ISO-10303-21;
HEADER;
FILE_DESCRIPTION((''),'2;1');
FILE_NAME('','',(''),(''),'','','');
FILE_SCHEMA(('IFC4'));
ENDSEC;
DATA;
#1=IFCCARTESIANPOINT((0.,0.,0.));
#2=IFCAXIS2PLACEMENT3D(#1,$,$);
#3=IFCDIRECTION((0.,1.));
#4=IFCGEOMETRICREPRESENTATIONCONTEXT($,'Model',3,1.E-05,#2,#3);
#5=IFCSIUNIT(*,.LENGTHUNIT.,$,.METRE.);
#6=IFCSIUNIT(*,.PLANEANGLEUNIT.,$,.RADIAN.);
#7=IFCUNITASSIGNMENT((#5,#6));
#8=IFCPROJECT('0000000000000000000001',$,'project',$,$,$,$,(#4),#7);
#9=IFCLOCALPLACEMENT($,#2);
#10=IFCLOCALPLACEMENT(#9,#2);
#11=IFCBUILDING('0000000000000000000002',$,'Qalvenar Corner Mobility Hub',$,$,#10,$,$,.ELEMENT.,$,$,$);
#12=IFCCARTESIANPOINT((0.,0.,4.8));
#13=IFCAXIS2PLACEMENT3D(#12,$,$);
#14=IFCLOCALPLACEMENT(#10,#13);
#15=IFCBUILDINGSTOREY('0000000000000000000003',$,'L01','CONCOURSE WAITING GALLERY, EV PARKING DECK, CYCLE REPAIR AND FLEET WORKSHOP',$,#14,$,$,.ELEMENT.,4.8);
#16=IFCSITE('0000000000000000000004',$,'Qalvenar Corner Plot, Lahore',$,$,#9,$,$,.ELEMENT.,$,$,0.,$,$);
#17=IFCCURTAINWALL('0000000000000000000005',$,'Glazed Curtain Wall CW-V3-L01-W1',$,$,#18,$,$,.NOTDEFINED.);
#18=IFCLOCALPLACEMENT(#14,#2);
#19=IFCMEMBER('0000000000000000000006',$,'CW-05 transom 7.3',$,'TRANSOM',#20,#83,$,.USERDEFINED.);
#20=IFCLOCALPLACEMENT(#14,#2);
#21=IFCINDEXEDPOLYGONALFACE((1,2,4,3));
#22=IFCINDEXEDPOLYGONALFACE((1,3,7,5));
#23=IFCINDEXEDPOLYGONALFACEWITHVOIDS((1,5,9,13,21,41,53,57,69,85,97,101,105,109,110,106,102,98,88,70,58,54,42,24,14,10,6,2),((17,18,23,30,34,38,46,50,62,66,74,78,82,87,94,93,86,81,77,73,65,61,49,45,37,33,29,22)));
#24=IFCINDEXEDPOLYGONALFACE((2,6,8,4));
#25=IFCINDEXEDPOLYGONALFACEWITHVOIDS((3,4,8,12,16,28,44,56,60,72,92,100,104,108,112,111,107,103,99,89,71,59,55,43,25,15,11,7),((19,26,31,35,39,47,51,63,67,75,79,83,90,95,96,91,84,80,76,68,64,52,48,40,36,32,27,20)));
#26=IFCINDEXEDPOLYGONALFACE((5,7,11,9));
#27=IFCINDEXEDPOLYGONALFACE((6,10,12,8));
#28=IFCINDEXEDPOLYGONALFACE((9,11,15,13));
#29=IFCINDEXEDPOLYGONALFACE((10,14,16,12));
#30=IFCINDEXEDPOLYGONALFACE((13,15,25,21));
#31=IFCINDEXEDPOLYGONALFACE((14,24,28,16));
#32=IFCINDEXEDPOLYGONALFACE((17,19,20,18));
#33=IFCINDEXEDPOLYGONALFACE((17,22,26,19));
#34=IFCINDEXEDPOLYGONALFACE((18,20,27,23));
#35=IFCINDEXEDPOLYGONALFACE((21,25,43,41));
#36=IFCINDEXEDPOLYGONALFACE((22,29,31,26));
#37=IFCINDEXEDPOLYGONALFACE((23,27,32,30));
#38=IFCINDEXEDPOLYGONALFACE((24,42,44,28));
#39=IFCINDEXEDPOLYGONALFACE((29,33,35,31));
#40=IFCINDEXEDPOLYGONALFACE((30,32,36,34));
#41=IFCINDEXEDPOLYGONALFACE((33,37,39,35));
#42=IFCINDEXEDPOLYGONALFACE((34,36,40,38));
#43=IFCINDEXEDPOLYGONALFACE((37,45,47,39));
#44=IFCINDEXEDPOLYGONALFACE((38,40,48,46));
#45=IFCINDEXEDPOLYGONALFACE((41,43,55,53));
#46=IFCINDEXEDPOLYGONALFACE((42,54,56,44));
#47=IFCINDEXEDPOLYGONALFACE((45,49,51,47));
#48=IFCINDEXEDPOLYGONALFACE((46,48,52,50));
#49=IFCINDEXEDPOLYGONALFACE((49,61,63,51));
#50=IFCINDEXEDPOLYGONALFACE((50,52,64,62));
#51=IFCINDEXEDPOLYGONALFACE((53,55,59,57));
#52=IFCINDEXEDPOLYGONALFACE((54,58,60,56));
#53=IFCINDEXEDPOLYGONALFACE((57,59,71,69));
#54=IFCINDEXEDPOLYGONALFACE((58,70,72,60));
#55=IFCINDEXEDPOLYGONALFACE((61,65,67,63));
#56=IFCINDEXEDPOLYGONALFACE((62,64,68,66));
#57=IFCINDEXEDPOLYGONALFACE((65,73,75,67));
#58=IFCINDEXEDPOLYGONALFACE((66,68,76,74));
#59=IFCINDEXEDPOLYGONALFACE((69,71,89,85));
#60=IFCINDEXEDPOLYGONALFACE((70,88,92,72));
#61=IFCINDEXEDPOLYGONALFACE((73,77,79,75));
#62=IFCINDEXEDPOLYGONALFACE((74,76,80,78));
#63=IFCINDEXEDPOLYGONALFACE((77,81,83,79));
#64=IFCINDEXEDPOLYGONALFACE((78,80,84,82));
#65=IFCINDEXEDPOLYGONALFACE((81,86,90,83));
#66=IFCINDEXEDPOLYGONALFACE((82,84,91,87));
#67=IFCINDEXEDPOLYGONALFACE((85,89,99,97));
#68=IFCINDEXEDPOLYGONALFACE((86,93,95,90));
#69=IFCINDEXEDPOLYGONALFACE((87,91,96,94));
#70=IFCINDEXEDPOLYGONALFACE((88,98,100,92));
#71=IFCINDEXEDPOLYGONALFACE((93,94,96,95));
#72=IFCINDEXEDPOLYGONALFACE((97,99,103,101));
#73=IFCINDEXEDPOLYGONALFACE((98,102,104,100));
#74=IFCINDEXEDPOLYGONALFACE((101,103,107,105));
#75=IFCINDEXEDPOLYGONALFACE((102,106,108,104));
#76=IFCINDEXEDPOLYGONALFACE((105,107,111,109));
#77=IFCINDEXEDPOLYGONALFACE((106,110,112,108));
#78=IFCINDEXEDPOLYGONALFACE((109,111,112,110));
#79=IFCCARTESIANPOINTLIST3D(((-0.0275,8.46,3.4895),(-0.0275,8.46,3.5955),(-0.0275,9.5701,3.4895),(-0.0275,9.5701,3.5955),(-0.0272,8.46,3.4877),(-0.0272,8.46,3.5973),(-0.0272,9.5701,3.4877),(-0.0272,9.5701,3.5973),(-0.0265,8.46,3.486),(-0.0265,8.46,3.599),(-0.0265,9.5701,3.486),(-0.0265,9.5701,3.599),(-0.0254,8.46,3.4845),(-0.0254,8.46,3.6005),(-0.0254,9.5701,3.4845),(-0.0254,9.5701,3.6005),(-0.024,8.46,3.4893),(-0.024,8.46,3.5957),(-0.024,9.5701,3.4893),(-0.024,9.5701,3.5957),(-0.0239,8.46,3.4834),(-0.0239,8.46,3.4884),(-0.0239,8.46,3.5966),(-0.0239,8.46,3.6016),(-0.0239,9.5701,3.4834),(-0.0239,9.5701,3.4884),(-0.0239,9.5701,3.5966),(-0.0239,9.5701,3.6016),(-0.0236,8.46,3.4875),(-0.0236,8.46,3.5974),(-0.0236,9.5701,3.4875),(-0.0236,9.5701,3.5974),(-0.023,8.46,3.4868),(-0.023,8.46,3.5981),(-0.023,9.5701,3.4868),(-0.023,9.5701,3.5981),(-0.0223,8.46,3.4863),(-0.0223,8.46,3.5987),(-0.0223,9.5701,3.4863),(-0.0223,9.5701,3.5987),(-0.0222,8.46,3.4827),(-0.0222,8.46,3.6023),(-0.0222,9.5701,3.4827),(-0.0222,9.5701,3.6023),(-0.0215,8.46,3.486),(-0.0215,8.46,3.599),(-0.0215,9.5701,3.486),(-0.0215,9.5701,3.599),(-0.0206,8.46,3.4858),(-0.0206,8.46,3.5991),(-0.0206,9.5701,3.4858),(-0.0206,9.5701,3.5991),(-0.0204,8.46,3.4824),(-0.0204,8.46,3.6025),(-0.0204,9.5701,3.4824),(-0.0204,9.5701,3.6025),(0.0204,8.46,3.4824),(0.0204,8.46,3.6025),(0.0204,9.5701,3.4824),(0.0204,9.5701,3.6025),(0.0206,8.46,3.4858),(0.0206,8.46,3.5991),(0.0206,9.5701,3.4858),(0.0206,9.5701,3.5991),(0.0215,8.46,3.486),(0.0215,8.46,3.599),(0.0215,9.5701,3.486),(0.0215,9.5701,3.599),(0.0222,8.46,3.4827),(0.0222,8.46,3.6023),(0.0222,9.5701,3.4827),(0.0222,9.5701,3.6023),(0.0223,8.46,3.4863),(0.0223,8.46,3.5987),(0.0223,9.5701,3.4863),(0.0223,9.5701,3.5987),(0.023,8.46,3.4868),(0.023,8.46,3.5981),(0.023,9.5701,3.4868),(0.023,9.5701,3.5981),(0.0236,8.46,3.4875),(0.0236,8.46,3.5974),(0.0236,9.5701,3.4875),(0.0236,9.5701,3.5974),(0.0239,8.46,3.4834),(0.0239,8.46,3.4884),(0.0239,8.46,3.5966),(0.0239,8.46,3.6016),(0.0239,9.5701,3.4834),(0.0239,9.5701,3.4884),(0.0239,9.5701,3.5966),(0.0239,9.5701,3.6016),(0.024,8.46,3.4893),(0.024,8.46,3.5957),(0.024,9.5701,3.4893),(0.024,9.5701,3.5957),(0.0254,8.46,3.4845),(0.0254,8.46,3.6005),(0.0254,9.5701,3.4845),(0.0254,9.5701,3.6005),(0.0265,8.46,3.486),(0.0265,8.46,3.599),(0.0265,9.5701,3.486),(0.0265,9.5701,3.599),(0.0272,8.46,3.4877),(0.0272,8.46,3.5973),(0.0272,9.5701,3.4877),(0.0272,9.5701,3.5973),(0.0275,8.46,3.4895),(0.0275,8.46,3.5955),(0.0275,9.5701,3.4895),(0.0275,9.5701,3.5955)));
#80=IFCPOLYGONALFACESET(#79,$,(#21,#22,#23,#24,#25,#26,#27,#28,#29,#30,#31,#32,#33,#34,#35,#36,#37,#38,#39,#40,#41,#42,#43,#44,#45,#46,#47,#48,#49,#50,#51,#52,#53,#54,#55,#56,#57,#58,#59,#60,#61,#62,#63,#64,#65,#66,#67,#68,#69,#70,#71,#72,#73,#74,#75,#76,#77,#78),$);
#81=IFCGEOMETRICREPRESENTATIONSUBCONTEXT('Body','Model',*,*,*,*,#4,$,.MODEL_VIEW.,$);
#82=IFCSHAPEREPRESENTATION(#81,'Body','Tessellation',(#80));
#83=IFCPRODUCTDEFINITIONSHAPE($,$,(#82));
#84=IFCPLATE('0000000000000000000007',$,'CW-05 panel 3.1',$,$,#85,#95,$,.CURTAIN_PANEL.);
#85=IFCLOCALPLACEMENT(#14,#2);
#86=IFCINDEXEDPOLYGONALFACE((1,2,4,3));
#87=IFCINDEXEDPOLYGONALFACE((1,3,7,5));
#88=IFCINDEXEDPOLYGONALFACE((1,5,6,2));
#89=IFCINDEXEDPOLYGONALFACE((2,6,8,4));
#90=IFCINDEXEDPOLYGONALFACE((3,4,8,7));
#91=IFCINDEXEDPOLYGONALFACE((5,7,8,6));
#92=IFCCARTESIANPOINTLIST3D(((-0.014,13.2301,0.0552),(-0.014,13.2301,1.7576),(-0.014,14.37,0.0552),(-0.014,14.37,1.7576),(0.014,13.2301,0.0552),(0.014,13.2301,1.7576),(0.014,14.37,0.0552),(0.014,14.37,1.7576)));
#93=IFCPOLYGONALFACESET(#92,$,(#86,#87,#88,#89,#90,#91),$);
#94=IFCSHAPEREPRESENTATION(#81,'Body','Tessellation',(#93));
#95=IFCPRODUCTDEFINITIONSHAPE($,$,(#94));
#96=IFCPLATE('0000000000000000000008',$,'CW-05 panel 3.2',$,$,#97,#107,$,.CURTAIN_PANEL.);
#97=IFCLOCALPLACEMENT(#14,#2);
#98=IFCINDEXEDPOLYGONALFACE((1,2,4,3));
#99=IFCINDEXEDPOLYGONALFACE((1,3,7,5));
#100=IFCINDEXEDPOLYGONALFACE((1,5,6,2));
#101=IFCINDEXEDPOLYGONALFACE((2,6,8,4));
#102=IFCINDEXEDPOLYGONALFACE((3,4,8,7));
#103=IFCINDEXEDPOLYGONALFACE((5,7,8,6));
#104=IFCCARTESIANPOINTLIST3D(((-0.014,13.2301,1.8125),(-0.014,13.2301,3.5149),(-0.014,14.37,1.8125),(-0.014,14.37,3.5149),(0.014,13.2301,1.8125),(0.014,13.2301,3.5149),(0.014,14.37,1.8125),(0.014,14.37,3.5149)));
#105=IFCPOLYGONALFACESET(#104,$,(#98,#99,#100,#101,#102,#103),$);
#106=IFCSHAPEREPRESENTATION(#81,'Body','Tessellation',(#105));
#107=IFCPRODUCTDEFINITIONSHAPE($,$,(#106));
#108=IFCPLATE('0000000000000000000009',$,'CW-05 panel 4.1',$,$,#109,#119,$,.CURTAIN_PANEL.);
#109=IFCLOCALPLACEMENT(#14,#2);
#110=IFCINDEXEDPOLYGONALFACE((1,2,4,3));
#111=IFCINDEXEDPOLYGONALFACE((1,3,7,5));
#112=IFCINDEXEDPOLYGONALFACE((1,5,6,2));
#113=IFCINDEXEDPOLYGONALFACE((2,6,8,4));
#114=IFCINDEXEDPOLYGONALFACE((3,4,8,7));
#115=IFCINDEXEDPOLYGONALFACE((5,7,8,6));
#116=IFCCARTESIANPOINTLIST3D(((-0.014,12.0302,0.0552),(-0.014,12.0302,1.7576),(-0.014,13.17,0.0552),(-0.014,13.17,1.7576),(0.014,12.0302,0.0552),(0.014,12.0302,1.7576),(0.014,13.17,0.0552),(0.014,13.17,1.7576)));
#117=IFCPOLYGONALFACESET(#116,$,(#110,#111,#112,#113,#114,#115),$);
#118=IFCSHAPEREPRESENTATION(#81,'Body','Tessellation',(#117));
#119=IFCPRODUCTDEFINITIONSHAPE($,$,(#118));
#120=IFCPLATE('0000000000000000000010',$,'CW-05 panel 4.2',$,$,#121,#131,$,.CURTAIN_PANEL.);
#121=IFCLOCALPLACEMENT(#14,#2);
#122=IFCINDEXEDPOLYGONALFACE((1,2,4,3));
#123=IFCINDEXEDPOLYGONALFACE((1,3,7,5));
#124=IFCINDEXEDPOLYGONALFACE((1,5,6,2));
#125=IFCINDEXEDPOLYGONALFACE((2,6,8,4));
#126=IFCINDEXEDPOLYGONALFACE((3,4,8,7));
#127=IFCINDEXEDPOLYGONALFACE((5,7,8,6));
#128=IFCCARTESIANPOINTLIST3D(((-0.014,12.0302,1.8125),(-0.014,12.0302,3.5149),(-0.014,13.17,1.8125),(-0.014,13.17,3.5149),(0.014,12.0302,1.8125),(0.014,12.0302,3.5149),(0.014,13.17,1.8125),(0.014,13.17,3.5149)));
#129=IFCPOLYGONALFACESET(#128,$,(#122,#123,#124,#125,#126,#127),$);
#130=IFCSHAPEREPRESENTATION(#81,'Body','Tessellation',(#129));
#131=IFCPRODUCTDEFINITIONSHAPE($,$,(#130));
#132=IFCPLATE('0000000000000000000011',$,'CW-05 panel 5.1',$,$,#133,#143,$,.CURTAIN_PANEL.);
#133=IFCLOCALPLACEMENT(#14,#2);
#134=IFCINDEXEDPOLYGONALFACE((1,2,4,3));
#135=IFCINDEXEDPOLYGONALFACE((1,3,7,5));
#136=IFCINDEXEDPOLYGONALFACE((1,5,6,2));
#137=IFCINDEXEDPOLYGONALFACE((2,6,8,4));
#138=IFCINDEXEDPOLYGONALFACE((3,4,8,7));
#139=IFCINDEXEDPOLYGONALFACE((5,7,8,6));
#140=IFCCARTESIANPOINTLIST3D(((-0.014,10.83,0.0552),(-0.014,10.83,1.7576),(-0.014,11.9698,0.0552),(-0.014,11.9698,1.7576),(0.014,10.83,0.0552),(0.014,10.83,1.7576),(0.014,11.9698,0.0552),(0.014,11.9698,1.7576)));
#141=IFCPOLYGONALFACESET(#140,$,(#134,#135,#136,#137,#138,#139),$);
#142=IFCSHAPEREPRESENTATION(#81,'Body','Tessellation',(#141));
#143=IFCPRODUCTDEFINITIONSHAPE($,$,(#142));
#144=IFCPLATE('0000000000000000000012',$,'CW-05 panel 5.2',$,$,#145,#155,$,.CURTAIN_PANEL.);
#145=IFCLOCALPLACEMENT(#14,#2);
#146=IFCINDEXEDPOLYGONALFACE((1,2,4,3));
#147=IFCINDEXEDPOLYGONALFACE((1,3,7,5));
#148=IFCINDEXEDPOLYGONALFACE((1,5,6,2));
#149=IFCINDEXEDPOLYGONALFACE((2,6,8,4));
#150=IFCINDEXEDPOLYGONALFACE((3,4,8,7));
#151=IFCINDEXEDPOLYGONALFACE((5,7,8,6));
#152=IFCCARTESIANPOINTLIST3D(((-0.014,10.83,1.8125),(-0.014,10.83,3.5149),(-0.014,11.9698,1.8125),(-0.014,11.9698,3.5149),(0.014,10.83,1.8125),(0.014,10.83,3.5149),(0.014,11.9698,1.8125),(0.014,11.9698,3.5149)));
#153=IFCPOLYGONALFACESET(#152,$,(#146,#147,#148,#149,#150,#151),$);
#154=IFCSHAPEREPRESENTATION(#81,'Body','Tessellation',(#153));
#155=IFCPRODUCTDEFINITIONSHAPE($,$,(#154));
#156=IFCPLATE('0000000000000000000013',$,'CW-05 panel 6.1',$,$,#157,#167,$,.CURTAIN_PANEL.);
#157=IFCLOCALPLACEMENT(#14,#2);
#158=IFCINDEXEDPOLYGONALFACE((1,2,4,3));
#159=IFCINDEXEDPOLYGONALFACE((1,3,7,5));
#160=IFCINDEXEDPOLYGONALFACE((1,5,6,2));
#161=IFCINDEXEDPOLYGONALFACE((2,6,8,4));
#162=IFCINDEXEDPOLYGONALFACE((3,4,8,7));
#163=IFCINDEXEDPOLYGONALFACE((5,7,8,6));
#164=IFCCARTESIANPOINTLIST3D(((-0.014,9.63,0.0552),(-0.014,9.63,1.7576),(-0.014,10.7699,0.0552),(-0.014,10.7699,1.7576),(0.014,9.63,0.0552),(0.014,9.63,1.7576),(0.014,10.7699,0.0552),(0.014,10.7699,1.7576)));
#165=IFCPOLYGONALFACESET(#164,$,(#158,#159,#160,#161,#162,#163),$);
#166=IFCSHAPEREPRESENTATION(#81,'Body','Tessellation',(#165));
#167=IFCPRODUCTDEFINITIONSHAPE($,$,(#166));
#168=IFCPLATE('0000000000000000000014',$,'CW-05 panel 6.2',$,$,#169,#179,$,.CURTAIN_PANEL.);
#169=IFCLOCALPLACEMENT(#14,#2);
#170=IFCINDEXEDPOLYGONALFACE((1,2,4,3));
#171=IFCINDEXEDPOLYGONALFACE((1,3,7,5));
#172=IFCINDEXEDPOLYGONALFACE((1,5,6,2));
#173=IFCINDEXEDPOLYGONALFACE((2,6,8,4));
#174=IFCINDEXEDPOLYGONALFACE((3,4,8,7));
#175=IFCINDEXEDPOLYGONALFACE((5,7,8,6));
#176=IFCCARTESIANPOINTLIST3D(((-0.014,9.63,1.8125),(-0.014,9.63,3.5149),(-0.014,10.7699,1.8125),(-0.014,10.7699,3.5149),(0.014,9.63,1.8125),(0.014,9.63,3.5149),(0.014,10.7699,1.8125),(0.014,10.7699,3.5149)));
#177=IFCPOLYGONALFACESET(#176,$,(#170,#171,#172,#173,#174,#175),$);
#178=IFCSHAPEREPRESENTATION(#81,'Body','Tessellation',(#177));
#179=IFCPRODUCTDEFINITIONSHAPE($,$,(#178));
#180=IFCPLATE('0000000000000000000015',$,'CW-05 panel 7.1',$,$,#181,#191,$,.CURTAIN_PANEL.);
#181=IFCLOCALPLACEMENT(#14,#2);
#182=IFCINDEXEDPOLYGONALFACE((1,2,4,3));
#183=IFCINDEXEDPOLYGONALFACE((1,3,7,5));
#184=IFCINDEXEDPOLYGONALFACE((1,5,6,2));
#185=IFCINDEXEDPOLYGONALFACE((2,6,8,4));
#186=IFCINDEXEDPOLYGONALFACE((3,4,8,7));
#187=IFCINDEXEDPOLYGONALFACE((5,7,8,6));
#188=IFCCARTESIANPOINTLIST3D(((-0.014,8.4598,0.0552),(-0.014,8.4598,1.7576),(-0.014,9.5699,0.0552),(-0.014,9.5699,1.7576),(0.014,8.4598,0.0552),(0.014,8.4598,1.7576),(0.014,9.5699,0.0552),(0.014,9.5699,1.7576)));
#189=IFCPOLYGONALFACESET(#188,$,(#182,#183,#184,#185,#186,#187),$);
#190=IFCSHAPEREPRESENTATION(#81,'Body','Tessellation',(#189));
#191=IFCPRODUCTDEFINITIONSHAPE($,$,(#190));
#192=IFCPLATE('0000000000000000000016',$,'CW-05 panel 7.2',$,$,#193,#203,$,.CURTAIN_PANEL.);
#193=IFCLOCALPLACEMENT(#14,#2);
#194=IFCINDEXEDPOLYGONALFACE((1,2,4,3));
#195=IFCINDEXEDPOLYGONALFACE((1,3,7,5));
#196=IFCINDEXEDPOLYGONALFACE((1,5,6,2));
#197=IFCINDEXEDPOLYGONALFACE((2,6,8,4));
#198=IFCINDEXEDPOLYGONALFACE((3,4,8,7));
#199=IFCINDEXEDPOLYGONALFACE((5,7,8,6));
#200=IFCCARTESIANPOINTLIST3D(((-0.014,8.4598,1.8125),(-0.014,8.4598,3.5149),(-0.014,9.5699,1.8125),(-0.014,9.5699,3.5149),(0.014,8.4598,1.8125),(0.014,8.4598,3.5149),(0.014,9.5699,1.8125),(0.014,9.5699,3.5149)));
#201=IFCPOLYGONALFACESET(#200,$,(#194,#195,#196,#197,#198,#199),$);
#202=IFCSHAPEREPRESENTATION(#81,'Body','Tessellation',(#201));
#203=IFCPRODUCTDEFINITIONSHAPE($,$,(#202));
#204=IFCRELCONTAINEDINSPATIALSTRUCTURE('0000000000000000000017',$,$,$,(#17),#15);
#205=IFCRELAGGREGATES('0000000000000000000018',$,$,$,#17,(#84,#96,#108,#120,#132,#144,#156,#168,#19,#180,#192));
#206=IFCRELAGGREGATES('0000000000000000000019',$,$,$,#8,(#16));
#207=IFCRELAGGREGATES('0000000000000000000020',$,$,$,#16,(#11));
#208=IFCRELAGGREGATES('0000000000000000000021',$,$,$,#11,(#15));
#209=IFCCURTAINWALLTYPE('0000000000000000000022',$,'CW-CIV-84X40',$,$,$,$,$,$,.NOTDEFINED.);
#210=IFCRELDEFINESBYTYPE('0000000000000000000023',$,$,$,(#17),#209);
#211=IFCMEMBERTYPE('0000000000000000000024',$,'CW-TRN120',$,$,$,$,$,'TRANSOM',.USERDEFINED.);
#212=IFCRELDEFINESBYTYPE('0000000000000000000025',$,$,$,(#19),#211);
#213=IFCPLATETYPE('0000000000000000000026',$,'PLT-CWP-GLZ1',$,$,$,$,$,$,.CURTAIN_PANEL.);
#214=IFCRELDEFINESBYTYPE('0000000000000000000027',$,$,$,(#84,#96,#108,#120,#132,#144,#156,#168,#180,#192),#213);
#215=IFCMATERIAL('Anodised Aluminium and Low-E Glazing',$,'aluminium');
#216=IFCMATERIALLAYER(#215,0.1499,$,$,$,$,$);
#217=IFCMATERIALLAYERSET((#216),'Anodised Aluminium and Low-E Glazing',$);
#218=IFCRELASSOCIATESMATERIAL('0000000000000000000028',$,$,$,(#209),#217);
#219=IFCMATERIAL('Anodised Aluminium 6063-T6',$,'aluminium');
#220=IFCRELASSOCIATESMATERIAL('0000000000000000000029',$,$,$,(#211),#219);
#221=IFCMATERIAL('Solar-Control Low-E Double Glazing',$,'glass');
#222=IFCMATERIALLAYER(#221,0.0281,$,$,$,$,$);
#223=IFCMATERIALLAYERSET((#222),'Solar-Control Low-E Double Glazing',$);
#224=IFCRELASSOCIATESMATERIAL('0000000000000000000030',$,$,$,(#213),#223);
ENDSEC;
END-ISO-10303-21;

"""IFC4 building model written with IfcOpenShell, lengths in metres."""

from ifc_helpers import new_model, si_unit, direction, frame, origin, origin_2d, place, context, subcontext, project, spatial, rectangle, hollow_rectangle, extrude, material, layer, layer_set, material_profile, profile_set, type_object, element, aggregate, save


model = new_model("IFC4")

# Units and contexts
model_context = context("Model", 3, precision=1e-05, world=origin(), true_north=direction((0.0, 1.0)))
body_context = subcontext(model_context, "Body", "Model", "MODEL_VIEW")
ifc_project = project(units=[si_unit("LENGTHUNIT", "METRE"), si_unit("PLANEANGLEUNIT", "RADIAN")], contexts=[model_context])

# Site, building, storey
site_placement = place(None, origin())
site = spatial("IfcSite", under=ifc_project, at=site_placement, Name="Qalvenar Corner Plot, Lahore", CompositionType="ELEMENT", RefElevation=0.0)
building_placement = place(site_placement, origin())
building = spatial("IfcBuilding", under=site, at=building_placement, Name="Qalvenar Corner Mobility Hub", CompositionType="ELEMENT")
storey_placement = place(building_placement, frame((0.0, 0.0, 4.8)))
storey = spatial("IfcBuildingStorey", under=building, at=storey_placement, Name="L01", Description="CONCOURSE WAITING GALLERY, EV PARKING DECK, CYCLE REPAIR AND FLEET WORKSHOP", CompositionType="ELEMENT", Elevation=4.8)

# Curtain wall, member, plates
ifc_material_1 = material(Name="Anodised Aluminium and Low-E Glazing", Category="aluminium")
ifc_layer_1 = layer(ifc_material_1, 0.1499)
ifc_layer_set_1 = layer_set([ifc_layer_1], Name="Anodised Aluminium and Low-E Glazing")
curtain_wall_type = type_object("IfcCurtainWallType", Name="CW-CIV-84X40", PredefinedType="NOTDEFINED", material=ifc_layer_set_1)
curtain_wall_placement = place(storey_placement, origin())
curtain_wall = element("IfcCurtainWall", 1, at=curtain_wall_placement, inside=storey, type_object=curtain_wall_type, Name="Glazed Curtain Wall CW-V3-L01-W1", PredefinedType="NOTDEFINED")
ifc_material_2 = material(Name="Anodised Aluminium 6063-T6", Category="aluminium")
ifc_material_profile_1 = material_profile(ifc_material_2, hollow_rectangle(XDim=0.0549, YDim=0.1201, WallThickness=0.0034, InnerFilletRadius=0.0034, OuterFilletRadius=0.0071, at=origin_2d()), Name="RHS120x55x3.5")
ifc_profile_set_1 = profile_set([ifc_material_profile_1], Name="Anodised Aluminium 6063-T6")
member_type_1 = type_object("IfcMemberType", Name="CW-TRN120", ElementType="TRANSOM", PredefinedType="USERDEFINED", material=ifc_profile_set_1)
member_1_placement = place(storey_placement, frame((0.0, 9.5701, 3.5425), z_axis=(0.0, -1.0, 0.0), x_axis=(1.0, 0.0, 0.0)))
member_1 = element("IfcMember", 2, at=member_1_placement, type_object=member_type_1, Name="CW-05 transom 7.3", ObjectType="TRANSOM", PredefinedType="USERDEFINED", context=body_context, shape_type="SweptSolid", body=[
    extrude(hollow_rectangle(XDim=0.0549, YDim=0.1201, WallThickness=0.0034, InnerFilletRadius=0.0034, OuterFilletRadius=0.0071, at=origin_2d()), origin(), (0.0, 0.0, 1.0), 1.1101),
])
ifc_material_3 = material(Name="Solar-Control Low-E Double Glazing", Category="glass")
ifc_layer_2 = layer(ifc_material_3, 0.0281)
ifc_layer_set_2 = layer_set([ifc_layer_2], Name="Solar-Control Low-E Double Glazing")
plate_type = type_object("IfcPlateType", Name="PLT-CWP-GLZ1", PredefinedType="CURTAIN_PANEL", material=ifc_layer_set_2)
plate_1_placement = place(storey_placement, frame((0.0, 13.8, 0.0552), z_axis=(0.0, 0.0, 1.0), x_axis=(0.0, -1.0, 0.0)))
plate_1 = element("IfcPlate", 3, at=plate_1_placement, type_object=plate_type, Name="CW-05 panel 3.1", PredefinedType="CURTAIN_PANEL", context=body_context, shape_type="SweptSolid", body=[
    extrude(rectangle(XDim=1.1399, YDim=0.0281, at=origin_2d()), origin(), (0.0, 0.0, 1.0), 1.7024),
])
plate_2_placement = place(storey_placement, frame((0.0, 13.8, 1.8125), z_axis=(0.0, 0.0, 1.0), x_axis=(0.0, -1.0, 0.0)))
plate_2 = element("IfcPlate", 4, at=plate_2_placement, type_object=plate_type, Name="CW-05 panel 3.2", PredefinedType="CURTAIN_PANEL", context=body_context, shape_type="SweptSolid", body=[
    extrude(rectangle(XDim=1.1399, YDim=0.0281, at=origin_2d()), origin(), (0.0, 0.0, 1.0), 1.7024),
])
plate_3_placement = place(storey_placement, frame((0.0, 12.6001, 0.0552), z_axis=(0.0, 0.0, 1.0), x_axis=(0.0, -1.0, 0.0)))
plate_3 = element("IfcPlate", 5, at=plate_3_placement, type_object=plate_type, Name="CW-05 panel 4.1", PredefinedType="CURTAIN_PANEL", context=body_context, shape_type="SweptSolid", body=[
    extrude(rectangle(XDim=1.1399, YDim=0.0281, at=origin_2d()), origin(), (0.0, 0.0, 1.0), 1.7024),
])
plate_4_placement = place(storey_placement, frame((0.0, 12.6001, 1.8125), z_axis=(0.0, 0.0, 1.0), x_axis=(0.0, -1.0, 0.0)))
plate_4 = element("IfcPlate", 6, at=plate_4_placement, type_object=plate_type, Name="CW-05 panel 4.2", PredefinedType="CURTAIN_PANEL", context=body_context, shape_type="SweptSolid", body=[
    extrude(rectangle(XDim=1.1399, YDim=0.0281, at=origin_2d()), origin(), (0.0, 0.0, 1.0), 1.7024),
])
plate_5_placement = place(storey_placement, frame((0.0, 11.3999, 0.0552), z_axis=(0.0, 0.0, 1.0), x_axis=(0.0, -1.0, 0.0)))
plate_5 = element("IfcPlate", 7, at=plate_5_placement, type_object=plate_type, Name="CW-05 panel 5.1", PredefinedType="CURTAIN_PANEL", context=body_context, shape_type="SweptSolid", body=[
    extrude(rectangle(XDim=1.1399, YDim=0.0281, at=origin_2d()), origin(), (0.0, 0.0, 1.0), 1.7024),
])
plate_6_placement = place(storey_placement, frame((0.0, 11.3999, 1.8125), z_axis=(0.0, 0.0, 1.0), x_axis=(0.0, -1.0, 0.0)))
plate_6 = element("IfcPlate", 8, at=plate_6_placement, type_object=plate_type, Name="CW-05 panel 5.2", PredefinedType="CURTAIN_PANEL", context=body_context, shape_type="SweptSolid", body=[
    extrude(rectangle(XDim=1.1399, YDim=0.0281, at=origin_2d()), origin(), (0.0, 0.0, 1.0), 1.7024),
])
plate_7_placement = place(storey_placement, frame((0.0, 10.2, 0.0552), z_axis=(0.0, 0.0, 1.0), x_axis=(0.0, -1.0, 0.0)))
plate_7 = element("IfcPlate", 9, at=plate_7_placement, type_object=plate_type, Name="CW-05 panel 6.1", PredefinedType="CURTAIN_PANEL", context=body_context, shape_type="SweptSolid", body=[
    extrude(rectangle(XDim=1.1399, YDim=0.0281, at=origin_2d()), origin(), (0.0, 0.0, 1.0), 1.7024),
])
plate_8_placement = place(storey_placement, frame((0.0, 10.2, 1.8125), z_axis=(0.0, 0.0, 1.0), x_axis=(0.0, -1.0, 0.0)))
plate_8 = element("IfcPlate", 10, at=plate_8_placement, type_object=plate_type, Name="CW-05 panel 6.2", PredefinedType="CURTAIN_PANEL", context=body_context, shape_type="SweptSolid", body=[
    extrude(rectangle(XDim=1.1399, YDim=0.0281, at=origin_2d()), origin(), (0.0, 0.0, 1.0), 1.7024),
])
plate_9_placement = place(storey_placement, frame((0.0, 9.0149, 0.0552), z_axis=(0.0, 0.0, 1.0), x_axis=(0.0, -1.0, 0.0)))
plate_9 = element("IfcPlate", 11, at=plate_9_placement, type_object=plate_type, Name="CW-05 panel 7.1", PredefinedType="CURTAIN_PANEL", context=body_context, shape_type="SweptSolid", body=[
    extrude(rectangle(XDim=1.1101, YDim=0.0281, at=origin_2d()), origin(), (0.0, 0.0, 1.0), 1.7024),
])
plate_10_placement = place(storey_placement, frame((0.0, 9.0149, 1.8125), z_axis=(0.0, 0.0, 1.0), x_axis=(0.0, -1.0, 0.0)))
plate_10 = element("IfcPlate", 12, at=plate_10_placement, type_object=plate_type, Name="CW-05 panel 7.2", PredefinedType="CURTAIN_PANEL", context=body_context, shape_type="SweptSolid", body=[
    extrude(rectangle(XDim=1.1101, YDim=0.0281, at=origin_2d()), origin(), (0.0, 0.0, 1.0), 1.7024),
])
aggregate(curtain_wall, [plate_1, plate_2, plate_3, plate_4, plate_5, plate_6, plate_7, plate_8, member_1, plate_9, plate_10])

save(model, "model.ifc")
